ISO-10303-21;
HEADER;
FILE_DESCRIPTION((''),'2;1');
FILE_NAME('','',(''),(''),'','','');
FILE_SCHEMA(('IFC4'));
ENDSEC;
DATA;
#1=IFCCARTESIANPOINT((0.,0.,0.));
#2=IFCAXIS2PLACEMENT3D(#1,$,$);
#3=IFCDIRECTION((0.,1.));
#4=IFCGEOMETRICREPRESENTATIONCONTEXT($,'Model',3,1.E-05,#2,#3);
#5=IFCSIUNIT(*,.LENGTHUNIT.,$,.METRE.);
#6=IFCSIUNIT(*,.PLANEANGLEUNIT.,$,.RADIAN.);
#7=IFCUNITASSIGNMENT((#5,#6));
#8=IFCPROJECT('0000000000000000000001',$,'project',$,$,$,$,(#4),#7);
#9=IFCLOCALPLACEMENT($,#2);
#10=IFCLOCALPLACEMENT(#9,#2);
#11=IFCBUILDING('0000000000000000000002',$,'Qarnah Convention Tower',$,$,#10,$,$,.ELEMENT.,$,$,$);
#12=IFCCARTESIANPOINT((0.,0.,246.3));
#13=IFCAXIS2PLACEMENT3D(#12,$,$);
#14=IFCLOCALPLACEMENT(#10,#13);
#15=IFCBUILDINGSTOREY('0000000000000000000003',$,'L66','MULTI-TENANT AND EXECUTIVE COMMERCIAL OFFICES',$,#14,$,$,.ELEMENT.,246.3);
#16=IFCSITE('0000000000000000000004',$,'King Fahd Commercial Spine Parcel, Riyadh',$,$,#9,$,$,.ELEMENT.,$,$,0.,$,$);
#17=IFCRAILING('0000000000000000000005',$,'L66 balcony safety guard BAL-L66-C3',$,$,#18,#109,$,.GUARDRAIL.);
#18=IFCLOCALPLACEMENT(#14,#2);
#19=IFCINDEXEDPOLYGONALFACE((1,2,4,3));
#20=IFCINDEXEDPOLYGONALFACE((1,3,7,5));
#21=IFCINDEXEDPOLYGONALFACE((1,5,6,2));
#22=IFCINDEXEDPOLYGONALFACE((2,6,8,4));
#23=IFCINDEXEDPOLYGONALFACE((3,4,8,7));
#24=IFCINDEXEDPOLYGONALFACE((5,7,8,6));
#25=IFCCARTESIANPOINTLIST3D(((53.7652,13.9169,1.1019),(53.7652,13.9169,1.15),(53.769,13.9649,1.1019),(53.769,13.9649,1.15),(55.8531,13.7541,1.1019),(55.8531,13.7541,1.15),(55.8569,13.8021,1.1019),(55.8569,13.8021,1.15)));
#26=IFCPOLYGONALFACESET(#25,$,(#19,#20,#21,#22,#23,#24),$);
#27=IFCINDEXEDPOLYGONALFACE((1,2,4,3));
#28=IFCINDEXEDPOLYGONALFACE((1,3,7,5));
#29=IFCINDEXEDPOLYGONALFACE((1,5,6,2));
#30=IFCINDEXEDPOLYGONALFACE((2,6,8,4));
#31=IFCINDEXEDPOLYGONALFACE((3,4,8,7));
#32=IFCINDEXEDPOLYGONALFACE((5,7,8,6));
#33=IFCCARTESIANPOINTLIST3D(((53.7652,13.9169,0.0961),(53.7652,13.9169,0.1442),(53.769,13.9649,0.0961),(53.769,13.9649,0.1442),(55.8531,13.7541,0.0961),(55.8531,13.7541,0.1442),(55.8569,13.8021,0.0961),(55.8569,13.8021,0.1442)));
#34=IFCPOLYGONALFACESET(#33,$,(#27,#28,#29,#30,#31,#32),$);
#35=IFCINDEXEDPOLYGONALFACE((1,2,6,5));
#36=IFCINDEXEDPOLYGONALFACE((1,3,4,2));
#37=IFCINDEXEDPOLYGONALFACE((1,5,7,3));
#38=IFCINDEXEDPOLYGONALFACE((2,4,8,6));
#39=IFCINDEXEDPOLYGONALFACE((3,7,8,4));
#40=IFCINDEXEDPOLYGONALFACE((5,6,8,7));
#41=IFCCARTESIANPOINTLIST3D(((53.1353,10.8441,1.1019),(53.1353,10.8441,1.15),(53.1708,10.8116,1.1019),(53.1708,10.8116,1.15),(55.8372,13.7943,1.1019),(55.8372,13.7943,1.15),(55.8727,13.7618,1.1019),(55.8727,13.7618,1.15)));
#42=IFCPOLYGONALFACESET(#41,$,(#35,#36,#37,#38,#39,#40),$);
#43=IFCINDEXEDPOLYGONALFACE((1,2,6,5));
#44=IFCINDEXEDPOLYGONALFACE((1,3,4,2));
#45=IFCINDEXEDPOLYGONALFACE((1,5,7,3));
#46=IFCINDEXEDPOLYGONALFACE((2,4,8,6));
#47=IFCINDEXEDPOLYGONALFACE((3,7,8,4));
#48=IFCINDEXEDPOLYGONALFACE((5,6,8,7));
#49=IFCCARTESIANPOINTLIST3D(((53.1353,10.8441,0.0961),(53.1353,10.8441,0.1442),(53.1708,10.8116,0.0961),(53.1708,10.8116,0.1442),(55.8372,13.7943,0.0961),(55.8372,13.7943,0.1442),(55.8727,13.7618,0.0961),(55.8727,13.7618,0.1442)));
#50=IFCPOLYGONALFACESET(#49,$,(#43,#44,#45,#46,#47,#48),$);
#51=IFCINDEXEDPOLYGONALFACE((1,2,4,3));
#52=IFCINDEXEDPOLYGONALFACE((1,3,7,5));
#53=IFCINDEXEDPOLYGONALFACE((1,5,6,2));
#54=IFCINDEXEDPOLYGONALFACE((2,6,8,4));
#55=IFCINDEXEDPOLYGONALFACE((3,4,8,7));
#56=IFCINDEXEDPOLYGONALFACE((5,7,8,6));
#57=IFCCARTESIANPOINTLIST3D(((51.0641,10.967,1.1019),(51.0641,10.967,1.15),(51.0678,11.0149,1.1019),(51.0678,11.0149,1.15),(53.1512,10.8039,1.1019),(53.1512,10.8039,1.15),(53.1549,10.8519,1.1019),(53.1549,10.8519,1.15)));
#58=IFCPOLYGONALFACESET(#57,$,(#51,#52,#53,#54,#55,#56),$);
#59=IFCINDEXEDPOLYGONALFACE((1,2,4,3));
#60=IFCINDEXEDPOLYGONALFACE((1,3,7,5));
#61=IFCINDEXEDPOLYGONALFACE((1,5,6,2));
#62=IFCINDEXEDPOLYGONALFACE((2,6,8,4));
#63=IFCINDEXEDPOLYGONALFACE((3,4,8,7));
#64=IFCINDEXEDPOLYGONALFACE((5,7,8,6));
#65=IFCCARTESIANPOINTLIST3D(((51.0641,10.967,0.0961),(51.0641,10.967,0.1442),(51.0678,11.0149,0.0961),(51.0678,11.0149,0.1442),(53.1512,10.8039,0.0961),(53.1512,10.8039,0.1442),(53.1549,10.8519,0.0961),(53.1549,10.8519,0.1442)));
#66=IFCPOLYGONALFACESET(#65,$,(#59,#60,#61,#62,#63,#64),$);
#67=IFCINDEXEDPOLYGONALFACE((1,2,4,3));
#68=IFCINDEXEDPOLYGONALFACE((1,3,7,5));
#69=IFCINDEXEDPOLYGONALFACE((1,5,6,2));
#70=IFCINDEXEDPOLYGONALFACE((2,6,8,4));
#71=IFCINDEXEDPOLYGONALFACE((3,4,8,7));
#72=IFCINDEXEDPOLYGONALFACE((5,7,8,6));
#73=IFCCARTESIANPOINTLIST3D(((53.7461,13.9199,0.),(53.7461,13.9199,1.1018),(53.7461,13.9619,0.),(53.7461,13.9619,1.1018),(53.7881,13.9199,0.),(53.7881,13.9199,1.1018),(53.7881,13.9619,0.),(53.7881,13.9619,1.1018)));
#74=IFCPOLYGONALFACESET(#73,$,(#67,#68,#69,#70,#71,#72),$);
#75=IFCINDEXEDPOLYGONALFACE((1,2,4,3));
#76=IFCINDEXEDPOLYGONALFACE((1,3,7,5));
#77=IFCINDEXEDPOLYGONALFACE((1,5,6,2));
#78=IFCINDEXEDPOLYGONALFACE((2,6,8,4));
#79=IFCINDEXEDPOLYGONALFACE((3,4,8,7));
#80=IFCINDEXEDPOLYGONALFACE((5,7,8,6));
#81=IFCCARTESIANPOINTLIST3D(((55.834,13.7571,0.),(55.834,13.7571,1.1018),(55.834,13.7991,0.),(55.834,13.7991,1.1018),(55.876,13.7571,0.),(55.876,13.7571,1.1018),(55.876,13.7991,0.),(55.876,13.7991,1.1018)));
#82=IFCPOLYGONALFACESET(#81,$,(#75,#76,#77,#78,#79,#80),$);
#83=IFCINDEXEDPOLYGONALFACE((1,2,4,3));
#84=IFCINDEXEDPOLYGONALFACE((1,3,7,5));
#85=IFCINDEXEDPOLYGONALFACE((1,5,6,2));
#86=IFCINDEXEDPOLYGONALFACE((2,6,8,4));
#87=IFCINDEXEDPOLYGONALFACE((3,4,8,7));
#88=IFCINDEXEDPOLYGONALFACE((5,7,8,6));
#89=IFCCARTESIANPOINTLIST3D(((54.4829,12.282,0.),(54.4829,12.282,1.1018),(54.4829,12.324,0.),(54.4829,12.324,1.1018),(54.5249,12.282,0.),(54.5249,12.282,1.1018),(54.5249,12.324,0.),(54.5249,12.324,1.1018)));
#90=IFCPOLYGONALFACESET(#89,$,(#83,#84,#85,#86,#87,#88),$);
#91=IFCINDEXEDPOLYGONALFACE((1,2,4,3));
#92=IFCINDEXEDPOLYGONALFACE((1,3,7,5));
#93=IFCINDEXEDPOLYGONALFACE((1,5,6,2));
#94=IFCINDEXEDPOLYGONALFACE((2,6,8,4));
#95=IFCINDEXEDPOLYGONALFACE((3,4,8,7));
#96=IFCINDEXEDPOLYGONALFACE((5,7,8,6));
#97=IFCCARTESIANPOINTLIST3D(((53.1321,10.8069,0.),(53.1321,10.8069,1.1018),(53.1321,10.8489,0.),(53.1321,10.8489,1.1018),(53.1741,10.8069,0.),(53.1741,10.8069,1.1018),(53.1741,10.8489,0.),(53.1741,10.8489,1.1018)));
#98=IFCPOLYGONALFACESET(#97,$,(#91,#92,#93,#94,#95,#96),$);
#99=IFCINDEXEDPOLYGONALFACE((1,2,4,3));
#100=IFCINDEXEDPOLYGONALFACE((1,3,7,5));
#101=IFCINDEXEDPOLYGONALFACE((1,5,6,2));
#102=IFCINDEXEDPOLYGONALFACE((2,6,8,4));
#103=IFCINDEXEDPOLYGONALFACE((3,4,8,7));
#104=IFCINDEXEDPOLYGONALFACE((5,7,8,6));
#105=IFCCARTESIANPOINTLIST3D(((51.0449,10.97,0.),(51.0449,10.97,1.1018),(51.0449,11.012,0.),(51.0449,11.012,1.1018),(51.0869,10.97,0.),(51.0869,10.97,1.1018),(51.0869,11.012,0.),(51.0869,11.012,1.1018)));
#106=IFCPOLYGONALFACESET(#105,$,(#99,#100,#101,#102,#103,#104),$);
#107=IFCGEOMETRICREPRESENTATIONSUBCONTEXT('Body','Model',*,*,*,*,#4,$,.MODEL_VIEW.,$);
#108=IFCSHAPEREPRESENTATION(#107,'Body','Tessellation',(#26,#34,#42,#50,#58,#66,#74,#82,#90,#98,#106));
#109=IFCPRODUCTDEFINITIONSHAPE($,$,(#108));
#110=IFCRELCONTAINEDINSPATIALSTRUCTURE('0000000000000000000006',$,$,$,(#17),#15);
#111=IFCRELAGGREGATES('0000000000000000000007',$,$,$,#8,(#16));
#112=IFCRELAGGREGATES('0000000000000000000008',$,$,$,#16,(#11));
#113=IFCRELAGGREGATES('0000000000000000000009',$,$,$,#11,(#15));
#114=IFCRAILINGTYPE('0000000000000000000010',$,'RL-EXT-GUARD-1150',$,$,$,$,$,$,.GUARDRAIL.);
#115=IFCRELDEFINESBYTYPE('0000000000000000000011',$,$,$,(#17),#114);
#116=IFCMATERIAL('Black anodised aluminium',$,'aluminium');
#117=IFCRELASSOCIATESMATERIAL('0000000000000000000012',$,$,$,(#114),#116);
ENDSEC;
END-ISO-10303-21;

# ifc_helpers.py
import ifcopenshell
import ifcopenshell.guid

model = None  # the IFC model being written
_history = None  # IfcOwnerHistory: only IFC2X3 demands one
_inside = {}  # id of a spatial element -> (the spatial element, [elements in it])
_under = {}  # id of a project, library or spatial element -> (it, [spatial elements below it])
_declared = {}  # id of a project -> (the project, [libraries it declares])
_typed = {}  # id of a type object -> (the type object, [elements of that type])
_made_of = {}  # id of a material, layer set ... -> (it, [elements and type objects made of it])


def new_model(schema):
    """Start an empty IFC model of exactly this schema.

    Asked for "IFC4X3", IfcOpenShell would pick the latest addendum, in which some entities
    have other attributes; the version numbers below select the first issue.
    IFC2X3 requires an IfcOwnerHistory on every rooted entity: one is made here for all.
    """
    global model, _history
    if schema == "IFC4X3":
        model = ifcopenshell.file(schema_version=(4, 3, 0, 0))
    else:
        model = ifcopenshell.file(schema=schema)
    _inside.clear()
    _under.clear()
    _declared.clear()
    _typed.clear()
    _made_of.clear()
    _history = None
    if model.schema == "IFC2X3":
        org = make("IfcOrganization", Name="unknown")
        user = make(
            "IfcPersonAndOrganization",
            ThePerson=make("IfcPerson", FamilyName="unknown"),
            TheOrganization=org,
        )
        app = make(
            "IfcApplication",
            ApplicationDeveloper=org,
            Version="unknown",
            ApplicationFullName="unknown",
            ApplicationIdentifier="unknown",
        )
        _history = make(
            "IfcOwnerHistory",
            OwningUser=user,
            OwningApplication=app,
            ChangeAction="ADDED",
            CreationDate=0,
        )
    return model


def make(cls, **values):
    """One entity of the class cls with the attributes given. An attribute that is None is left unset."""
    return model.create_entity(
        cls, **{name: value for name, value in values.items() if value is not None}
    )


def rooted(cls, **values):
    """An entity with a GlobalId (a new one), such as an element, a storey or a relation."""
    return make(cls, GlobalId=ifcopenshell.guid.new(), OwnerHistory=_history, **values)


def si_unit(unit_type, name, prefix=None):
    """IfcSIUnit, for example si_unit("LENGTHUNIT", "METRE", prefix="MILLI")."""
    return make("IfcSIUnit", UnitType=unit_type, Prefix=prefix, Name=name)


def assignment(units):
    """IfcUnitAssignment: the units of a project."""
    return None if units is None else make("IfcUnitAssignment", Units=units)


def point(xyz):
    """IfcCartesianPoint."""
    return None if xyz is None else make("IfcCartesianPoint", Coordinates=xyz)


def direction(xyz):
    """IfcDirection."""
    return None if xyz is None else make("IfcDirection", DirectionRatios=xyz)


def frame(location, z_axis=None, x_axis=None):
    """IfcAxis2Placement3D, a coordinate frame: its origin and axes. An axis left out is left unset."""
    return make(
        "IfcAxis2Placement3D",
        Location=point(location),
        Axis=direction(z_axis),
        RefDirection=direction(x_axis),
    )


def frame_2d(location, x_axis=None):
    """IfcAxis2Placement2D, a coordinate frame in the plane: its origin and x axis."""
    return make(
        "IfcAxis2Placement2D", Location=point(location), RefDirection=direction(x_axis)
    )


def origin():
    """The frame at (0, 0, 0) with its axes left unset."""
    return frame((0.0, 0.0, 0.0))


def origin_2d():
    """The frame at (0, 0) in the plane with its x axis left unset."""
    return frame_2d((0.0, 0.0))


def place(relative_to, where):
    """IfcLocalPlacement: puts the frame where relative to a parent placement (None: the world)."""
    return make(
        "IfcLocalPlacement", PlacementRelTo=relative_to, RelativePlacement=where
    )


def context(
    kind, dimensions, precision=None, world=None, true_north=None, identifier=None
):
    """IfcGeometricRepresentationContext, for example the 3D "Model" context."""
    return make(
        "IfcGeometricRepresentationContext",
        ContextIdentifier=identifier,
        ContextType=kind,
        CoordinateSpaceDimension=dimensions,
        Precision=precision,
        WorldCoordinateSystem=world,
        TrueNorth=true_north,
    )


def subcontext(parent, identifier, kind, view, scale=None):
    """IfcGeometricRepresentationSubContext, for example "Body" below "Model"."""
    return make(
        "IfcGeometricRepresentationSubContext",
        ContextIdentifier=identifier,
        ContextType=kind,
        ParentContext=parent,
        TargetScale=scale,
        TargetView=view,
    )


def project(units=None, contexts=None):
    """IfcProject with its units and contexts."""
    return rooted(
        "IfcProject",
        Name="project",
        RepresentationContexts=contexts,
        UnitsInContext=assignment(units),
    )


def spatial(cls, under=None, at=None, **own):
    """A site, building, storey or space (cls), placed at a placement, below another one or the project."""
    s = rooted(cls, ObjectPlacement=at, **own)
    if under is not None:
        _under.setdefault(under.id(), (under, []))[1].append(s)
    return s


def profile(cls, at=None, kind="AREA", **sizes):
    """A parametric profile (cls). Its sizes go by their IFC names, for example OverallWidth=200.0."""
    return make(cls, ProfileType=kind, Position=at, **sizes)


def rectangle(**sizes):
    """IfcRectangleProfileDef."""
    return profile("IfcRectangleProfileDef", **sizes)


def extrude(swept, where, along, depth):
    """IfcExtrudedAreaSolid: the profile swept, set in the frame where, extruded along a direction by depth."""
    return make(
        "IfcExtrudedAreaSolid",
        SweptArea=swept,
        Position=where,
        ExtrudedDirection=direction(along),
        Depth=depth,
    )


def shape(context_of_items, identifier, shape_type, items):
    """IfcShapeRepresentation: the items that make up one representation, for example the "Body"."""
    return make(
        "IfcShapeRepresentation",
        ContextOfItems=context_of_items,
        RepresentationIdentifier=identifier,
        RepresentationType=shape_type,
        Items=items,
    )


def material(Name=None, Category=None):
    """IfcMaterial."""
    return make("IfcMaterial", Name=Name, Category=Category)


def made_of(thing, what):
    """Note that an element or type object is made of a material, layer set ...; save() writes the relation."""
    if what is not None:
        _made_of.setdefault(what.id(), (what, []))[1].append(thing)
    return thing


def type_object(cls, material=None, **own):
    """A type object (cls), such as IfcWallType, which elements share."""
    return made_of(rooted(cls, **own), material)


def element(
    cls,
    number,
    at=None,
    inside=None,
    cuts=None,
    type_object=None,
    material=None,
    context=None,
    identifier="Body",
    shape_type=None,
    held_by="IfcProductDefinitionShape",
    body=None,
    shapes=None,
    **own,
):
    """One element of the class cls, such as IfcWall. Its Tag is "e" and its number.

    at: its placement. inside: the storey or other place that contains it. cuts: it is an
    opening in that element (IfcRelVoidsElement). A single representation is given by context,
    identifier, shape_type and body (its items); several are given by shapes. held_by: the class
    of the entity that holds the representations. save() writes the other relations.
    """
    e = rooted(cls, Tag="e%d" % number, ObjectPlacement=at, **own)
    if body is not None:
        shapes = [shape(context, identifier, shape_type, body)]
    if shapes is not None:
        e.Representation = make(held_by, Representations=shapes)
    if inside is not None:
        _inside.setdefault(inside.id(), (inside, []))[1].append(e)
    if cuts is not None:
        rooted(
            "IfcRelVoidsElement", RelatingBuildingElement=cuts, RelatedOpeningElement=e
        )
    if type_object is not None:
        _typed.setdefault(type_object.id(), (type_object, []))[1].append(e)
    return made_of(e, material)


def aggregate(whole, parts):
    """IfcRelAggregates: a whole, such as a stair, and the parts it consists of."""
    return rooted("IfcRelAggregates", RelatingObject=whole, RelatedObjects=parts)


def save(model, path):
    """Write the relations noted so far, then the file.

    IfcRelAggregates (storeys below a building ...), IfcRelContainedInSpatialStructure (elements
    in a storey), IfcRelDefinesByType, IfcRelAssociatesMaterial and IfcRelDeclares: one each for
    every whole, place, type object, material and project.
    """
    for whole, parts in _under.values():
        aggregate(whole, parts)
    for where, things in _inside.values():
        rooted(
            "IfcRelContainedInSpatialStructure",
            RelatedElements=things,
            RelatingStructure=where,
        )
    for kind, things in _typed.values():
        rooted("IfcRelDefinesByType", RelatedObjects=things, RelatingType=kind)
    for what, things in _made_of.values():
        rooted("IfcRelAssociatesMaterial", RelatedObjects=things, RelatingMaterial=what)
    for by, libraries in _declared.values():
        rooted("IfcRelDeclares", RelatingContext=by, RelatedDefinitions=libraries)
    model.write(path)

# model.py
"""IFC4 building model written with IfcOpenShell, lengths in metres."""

from ifc_helpers import new_model, si_unit, direction, frame, origin, origin_2d, place, context, subcontext, project, spatial, rectangle, extrude, material, type_object, element, save


model = new_model("IFC4")

# Units and contexts
model_context = context("Model", 3, precision=1e-05, world=origin(), true_north=direction((0.0, 1.0)))
body_context = subcontext(model_context, "Body", "Model", "MODEL_VIEW")
ifc_project = project(units=[si_unit("LENGTHUNIT", "METRE"), si_unit("PLANEANGLEUNIT", "RADIAN")], contexts=[model_context])

# Site, building, storey
site_placement = place(None, origin())
site = spatial("IfcSite", under=ifc_project, at=site_placement, Name="King Fahd Commercial Spine Parcel, Riyadh", CompositionType="ELEMENT", RefElevation=0.0)
building_placement = place(site_placement, origin())
building = spatial("IfcBuilding", under=site, at=building_placement, Name="Qarnah Convention Tower", CompositionType="ELEMENT")
storey_placement = place(building_placement, frame((0.0, 0.0, 246.3)))
storey = spatial("IfcBuildingStorey", under=building, at=storey_placement, Name="L66", Description="MULTI-TENANT AND EXECUTIVE COMMERCIAL OFFICES", CompositionType="ELEMENT", Elevation=246.3)

# Shared definitions
ifc_material_1 = material(Name="Black anodised aluminium", Category="aluminium")

# Railing
railing_type = type_object("IfcRailingType", Name="RL-EXT-GUARD-1150", PredefinedType="GUARDRAIL", material=ifc_material_1)
railing_1_placement = place(storey_placement, frame((53.7671, 13.9409, 0.0)))
element("IfcRailing", 1, at=railing_1_placement, inside=storey, type_object=railing_type, Name="L66 balcony safety guard BAL-L66-C3", PredefinedType="GUARDRAIL", context=body_context, shape_type="SweptSolid", body=[
    extrude(rectangle(XDim=0.0481, YDim=0.0481, at=origin_2d()), frame((0.0, 0.0, 1.126), z_axis=(0.996972, -0.077757, 0.0), x_axis=(0.077757, 0.996972, 0.0)), (0.0, 0.0, 1.0), 2.0942),
    extrude(rectangle(XDim=0.0481, YDim=0.0481, at=origin_2d()), frame((0.0, 0.0, 0.1201), z_axis=(0.996972, -0.077757, 0.0), x_axis=(0.077757, 0.996972, 0.0)), (0.0, 0.0, 1.0), 2.0942),
    extrude(rectangle(XDim=0.0481, YDim=0.0481, at=origin_2d()), frame((2.0879, -0.1628, 1.126), z_axis=(-0.675393, -0.737458, 0.0), x_axis=(0.737458, -0.675393, 0.0)), (0.0, 0.0, 1.0), 4.0005),
    extrude(rectangle(XDim=0.0481, YDim=0.0481, at=origin_2d()), frame((2.0879, -0.1628, 0.1201), z_axis=(-0.675393, -0.737458, 0.0), x_axis=(0.737458, -0.675393, 0.0)), (0.0, 0.0, 1.0), 4.0005),
    extrude(rectangle(XDim=0.0481, YDim=0.0481, at=origin_2d()), frame((-0.614, -3.113, 1.126), z_axis=(-0.996961, 0.0779, 0.0), x_axis=(-0.0779, -0.996961, 0.0)), (0.0, 0.0, 1.0), 2.0935),
    extrude(rectangle(XDim=0.0481, YDim=0.0481, at=origin_2d()), frame((-0.614, -3.113, 0.1201), z_axis=(-0.996961, 0.0779, 0.0), x_axis=(-0.0779, -0.996961, 0.0)), (0.0, 0.0, 1.0), 2.0935),
    extrude(rectangle(XDim=0.042, YDim=0.042, at=origin_2d()), origin(), (0.0, 0.0, 1.0), 1.1018),
    extrude(rectangle(XDim=0.042, YDim=0.042, at=origin_2d()), frame((2.0879, -0.1628, 0.0)), (0.0, 0.0, 1.0), 1.1018),
    extrude(rectangle(XDim=0.042, YDim=0.042, at=origin_2d()), frame((0.7368, -1.6379, 0.0)), (0.0, 0.0, 1.0), 1.1018),
    extrude(rectangle(XDim=0.042, YDim=0.042, at=origin_2d()), frame((-0.614, -3.113, 0.0)), (0.0, 0.0, 1.0), 1.1018),
    extrude(rectangle(XDim=0.042, YDim=0.042, at=origin_2d()), frame((-2.7012, -2.95, 0.0)), (0.0, 0.0, 1.0), 1.1018),
])

save(model, "model.ifc")
